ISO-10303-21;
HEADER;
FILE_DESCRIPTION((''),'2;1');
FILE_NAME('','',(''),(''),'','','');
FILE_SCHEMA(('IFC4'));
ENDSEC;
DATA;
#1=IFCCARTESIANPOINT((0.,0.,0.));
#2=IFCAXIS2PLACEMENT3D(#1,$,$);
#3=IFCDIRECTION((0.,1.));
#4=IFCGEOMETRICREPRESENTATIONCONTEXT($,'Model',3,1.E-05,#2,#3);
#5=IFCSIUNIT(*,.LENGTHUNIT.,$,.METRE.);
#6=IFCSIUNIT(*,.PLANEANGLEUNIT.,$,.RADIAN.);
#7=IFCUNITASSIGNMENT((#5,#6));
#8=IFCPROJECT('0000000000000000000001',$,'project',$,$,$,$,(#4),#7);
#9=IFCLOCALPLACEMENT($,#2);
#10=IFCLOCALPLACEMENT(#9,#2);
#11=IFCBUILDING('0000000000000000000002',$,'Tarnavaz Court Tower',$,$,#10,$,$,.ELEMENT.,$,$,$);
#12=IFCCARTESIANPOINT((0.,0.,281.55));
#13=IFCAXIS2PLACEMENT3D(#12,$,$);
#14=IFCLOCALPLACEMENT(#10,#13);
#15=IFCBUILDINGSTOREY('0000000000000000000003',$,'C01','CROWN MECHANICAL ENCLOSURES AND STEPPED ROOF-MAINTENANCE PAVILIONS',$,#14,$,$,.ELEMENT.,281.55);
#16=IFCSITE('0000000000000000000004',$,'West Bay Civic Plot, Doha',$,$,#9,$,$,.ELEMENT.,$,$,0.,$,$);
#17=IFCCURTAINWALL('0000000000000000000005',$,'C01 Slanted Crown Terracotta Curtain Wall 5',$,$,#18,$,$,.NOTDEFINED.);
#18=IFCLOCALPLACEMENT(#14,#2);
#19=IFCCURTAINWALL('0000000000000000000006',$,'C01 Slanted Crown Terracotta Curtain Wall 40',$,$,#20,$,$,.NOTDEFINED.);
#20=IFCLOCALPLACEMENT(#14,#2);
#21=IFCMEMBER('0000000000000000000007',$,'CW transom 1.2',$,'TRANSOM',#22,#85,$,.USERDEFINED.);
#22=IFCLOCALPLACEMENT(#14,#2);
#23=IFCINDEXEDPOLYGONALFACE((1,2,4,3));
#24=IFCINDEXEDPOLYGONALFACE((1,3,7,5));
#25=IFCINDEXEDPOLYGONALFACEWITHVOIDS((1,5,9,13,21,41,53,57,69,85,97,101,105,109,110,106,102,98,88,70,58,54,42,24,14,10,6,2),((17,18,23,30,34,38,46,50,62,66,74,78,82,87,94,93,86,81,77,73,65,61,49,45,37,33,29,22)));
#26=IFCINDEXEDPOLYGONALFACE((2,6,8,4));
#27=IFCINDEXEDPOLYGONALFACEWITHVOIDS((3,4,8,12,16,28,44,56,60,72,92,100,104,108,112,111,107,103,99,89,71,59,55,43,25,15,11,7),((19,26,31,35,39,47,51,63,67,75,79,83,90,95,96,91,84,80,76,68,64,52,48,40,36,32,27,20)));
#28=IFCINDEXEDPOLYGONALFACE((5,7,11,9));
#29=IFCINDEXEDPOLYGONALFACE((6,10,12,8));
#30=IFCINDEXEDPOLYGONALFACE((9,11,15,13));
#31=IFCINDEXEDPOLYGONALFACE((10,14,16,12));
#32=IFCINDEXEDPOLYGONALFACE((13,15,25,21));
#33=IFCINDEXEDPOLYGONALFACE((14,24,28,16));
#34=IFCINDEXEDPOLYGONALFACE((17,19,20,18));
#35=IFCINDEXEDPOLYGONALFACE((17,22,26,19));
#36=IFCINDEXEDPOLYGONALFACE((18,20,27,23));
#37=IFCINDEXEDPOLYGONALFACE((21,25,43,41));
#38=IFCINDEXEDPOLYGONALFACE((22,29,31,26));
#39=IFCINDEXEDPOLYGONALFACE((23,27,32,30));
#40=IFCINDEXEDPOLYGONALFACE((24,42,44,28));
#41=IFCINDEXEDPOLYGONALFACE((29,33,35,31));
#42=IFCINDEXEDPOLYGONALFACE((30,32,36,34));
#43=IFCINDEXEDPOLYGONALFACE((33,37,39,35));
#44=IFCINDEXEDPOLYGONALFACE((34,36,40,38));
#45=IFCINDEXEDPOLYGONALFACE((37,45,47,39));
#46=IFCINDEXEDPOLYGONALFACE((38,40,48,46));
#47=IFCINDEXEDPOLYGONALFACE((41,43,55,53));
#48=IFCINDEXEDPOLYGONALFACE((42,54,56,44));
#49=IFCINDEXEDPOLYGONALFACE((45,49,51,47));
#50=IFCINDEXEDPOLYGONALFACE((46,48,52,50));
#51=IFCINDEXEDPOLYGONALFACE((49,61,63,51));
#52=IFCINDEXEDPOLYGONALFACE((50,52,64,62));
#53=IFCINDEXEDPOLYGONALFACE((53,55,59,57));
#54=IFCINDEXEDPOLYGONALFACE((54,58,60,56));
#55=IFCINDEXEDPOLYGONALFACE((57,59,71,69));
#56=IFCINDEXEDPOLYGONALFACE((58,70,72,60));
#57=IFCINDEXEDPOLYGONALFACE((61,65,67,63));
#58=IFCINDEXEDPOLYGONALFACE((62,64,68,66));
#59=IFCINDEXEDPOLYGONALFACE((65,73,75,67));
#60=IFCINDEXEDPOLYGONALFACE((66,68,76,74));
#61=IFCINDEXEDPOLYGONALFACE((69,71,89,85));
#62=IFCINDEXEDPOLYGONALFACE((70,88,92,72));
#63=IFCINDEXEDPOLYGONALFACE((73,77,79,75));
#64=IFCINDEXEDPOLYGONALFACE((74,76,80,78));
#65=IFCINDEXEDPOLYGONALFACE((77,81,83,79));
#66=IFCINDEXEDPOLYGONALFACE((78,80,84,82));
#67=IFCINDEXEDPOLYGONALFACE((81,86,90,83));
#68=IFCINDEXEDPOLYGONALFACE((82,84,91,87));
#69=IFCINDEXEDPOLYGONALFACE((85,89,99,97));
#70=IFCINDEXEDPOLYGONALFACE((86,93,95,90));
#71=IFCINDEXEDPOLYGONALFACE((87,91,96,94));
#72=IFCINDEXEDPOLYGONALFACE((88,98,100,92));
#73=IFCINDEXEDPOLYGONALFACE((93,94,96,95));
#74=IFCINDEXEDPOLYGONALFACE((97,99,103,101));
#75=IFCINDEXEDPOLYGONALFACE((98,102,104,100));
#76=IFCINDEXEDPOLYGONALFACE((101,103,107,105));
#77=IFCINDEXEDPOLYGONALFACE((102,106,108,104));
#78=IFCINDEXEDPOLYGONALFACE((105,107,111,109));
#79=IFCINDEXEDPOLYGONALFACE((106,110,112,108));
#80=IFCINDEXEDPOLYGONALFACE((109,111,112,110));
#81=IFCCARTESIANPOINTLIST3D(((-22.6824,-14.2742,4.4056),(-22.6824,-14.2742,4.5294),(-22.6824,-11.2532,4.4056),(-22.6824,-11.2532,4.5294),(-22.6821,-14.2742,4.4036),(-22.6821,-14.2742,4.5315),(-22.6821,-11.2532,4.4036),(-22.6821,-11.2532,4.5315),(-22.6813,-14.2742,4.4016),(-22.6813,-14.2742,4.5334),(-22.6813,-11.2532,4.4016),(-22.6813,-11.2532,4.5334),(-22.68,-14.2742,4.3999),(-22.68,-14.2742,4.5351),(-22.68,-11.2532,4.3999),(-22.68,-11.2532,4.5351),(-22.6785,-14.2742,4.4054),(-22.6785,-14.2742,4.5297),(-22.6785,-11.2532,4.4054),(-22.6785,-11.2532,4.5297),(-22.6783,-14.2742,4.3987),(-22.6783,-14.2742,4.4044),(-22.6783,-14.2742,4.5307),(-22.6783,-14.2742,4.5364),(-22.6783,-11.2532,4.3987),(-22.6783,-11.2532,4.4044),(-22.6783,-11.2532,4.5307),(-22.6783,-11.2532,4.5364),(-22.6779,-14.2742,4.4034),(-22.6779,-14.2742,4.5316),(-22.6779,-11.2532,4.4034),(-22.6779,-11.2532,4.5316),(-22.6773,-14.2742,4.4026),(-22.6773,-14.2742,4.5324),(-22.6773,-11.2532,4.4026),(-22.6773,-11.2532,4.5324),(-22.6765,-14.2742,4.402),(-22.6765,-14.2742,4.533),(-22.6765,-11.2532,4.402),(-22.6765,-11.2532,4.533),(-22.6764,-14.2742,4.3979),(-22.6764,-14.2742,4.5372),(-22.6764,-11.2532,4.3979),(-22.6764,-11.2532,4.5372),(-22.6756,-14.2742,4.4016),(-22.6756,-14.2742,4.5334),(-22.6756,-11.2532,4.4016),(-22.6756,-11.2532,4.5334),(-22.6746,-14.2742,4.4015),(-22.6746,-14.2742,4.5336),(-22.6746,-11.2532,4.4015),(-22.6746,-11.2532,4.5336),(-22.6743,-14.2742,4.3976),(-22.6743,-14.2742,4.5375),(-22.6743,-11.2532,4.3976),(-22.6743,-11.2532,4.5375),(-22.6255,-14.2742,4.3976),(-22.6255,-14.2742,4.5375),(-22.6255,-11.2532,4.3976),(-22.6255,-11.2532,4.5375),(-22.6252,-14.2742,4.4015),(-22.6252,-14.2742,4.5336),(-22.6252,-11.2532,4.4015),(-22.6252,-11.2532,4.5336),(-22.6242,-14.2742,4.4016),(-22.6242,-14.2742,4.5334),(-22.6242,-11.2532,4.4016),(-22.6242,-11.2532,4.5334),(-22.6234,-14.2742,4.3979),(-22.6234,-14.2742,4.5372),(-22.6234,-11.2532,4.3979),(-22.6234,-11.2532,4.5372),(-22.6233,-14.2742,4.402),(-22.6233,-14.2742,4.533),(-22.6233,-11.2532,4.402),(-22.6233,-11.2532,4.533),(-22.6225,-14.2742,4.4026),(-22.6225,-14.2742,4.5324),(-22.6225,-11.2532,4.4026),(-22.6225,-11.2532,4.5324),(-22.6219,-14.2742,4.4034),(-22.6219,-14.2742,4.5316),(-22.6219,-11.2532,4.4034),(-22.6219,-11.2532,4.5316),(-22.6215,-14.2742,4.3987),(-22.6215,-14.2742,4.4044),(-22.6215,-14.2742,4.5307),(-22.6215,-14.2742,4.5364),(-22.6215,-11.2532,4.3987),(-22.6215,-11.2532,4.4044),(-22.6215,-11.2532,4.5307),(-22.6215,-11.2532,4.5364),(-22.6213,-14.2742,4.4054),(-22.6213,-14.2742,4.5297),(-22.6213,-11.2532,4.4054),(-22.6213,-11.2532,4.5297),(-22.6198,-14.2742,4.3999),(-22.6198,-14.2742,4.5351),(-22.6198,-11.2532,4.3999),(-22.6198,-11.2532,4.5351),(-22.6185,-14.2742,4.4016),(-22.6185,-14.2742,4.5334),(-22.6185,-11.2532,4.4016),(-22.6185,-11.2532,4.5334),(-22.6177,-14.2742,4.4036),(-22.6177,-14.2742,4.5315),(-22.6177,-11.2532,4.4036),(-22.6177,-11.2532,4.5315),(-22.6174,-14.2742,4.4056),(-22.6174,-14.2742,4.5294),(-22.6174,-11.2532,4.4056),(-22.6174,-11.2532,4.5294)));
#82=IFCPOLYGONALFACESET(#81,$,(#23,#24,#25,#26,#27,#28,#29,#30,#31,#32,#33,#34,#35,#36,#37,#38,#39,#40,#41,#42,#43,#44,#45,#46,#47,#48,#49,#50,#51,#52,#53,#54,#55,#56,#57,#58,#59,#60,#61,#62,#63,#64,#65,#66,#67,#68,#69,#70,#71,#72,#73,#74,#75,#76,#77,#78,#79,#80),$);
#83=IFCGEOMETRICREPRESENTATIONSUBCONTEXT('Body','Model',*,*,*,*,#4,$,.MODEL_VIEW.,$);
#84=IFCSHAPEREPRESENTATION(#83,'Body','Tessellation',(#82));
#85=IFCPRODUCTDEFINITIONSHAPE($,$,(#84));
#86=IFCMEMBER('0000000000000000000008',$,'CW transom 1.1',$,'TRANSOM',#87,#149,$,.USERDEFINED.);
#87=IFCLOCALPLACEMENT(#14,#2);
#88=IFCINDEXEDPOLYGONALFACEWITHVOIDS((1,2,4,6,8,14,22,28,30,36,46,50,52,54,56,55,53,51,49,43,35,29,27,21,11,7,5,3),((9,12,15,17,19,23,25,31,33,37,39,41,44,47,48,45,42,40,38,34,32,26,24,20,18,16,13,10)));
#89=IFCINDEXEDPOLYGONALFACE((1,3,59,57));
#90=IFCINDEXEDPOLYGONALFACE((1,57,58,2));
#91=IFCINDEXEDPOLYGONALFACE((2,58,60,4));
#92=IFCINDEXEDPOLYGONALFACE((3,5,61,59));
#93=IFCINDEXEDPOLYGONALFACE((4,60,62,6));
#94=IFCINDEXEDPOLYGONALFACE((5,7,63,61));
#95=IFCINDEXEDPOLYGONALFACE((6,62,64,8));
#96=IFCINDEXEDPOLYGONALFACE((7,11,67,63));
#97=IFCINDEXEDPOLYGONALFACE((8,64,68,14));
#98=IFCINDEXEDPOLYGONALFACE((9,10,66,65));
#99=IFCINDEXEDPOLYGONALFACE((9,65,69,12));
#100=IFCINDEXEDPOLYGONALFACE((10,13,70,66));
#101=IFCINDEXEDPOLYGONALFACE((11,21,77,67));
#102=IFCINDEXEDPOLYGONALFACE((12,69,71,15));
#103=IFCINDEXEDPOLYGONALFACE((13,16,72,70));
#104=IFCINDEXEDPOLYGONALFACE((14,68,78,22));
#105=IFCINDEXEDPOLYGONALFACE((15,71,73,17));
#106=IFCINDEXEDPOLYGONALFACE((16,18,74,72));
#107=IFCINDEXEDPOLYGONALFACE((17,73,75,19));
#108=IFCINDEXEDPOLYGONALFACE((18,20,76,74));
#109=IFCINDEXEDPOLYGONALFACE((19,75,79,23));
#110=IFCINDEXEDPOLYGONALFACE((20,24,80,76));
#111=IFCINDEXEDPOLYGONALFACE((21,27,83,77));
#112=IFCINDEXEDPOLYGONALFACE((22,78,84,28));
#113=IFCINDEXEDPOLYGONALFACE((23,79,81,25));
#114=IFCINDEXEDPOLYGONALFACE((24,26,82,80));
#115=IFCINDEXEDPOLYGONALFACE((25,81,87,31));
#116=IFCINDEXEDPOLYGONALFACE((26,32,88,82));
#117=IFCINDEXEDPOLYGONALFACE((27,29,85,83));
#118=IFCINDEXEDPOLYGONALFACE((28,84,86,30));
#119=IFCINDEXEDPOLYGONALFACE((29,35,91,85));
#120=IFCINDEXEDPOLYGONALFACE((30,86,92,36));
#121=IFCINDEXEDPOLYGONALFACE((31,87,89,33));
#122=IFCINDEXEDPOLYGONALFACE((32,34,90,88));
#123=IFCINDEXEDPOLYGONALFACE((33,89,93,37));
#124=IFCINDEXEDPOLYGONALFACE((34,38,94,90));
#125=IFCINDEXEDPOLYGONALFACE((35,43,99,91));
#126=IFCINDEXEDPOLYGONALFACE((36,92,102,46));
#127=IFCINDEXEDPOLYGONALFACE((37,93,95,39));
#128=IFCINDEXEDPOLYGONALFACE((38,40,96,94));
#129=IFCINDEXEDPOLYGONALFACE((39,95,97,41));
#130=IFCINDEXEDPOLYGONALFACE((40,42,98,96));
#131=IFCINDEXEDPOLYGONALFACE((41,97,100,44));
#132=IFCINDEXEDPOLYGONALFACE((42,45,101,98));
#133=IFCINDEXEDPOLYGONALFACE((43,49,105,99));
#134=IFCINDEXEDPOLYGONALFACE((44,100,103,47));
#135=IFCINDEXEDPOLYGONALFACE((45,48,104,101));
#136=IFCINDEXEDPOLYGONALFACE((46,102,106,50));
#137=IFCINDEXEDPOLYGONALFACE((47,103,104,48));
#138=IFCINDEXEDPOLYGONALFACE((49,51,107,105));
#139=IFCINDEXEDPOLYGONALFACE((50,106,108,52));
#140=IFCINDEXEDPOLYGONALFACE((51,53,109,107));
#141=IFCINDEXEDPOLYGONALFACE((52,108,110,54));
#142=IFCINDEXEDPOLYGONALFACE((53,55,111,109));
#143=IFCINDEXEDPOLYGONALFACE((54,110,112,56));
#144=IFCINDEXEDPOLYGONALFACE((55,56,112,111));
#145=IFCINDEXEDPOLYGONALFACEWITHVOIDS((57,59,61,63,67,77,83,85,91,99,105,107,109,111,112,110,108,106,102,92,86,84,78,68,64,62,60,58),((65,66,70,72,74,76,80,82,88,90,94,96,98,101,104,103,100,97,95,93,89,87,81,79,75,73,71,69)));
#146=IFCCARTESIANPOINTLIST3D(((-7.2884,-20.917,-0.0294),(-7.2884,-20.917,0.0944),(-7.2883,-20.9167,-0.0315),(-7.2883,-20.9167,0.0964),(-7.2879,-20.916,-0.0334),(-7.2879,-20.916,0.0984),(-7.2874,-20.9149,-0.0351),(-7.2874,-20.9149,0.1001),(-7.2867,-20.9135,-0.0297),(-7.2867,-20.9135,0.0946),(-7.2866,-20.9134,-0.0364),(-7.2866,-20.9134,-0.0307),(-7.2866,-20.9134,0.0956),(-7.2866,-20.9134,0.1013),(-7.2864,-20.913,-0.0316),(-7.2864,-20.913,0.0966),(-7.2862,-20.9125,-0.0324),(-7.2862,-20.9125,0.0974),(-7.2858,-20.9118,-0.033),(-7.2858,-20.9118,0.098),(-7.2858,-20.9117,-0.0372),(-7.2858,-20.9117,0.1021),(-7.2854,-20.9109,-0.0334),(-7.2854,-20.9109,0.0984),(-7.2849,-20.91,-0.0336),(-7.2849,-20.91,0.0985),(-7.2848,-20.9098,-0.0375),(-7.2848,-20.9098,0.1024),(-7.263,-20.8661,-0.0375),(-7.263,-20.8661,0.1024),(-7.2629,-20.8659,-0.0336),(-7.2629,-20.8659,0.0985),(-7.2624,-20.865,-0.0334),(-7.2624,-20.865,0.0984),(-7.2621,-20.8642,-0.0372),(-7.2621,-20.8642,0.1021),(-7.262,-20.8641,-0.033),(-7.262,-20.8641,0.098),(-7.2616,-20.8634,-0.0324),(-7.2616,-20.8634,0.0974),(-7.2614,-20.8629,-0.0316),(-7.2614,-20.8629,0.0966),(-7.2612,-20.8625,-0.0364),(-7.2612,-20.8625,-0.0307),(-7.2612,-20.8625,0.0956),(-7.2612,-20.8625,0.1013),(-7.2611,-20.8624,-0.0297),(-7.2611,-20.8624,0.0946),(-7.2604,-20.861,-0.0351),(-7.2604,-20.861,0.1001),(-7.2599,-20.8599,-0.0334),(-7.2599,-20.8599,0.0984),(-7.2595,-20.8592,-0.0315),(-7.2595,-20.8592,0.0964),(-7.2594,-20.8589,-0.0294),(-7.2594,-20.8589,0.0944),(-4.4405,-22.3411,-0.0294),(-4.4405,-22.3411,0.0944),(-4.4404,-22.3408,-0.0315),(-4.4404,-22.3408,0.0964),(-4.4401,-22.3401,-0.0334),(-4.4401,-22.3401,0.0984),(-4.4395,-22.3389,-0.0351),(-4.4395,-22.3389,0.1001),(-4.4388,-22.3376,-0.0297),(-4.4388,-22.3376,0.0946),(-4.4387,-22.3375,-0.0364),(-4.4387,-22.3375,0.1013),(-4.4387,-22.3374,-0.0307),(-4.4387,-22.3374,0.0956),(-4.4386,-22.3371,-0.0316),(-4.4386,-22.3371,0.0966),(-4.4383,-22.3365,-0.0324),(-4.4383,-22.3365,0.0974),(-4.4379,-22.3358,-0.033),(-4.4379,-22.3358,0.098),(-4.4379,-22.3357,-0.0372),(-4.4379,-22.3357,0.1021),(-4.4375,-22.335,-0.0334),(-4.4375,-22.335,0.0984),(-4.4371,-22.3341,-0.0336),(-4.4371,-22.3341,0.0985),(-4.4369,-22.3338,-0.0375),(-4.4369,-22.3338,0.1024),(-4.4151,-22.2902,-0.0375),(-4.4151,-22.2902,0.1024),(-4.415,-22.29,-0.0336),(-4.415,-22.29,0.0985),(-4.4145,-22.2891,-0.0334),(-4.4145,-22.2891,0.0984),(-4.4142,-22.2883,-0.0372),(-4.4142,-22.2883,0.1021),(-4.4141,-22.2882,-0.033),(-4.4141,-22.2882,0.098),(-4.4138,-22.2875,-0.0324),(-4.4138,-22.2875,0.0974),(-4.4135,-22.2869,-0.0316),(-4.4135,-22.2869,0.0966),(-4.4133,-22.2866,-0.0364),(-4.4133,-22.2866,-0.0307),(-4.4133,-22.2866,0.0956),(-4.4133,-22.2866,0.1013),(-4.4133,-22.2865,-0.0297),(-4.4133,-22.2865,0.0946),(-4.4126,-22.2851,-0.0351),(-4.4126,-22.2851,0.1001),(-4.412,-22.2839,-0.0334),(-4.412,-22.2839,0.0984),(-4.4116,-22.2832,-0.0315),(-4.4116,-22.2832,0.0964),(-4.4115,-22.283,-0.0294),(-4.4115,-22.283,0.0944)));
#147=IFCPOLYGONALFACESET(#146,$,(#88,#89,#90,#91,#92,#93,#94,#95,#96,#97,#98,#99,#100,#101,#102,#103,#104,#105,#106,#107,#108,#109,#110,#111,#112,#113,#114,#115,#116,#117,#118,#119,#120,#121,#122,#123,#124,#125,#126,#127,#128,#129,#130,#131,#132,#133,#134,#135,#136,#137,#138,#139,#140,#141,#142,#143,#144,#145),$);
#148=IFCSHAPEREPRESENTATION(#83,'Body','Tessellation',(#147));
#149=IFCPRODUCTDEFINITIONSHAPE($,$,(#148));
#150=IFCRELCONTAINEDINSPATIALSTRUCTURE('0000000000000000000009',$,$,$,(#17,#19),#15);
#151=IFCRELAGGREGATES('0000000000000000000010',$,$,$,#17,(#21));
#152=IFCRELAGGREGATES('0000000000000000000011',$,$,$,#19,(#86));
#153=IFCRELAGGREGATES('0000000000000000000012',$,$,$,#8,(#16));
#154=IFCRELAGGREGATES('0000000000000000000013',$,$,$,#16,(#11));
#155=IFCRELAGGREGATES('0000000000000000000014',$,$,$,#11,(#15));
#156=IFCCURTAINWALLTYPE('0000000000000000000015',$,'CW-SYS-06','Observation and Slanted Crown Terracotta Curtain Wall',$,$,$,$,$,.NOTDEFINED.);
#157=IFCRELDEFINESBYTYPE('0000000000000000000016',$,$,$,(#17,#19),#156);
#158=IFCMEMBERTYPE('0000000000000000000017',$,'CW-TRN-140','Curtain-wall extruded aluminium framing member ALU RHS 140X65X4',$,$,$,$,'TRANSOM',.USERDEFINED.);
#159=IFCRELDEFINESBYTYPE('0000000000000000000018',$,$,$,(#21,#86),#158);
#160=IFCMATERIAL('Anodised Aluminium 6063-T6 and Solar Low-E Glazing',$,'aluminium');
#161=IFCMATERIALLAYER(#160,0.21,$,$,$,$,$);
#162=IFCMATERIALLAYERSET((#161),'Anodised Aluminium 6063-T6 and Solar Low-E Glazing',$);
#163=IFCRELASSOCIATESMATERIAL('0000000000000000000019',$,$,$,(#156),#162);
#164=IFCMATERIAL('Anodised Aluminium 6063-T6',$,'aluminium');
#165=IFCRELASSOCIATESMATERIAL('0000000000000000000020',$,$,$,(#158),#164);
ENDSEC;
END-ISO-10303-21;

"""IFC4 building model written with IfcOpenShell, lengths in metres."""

from ifc_helpers import new_model, si_unit, direction, frame, origin, origin_2d, place, context, subcontext, project, spatial, hollow_rectangle, extrude, material, layer, layer_set, material_profile, profile_set, type_object, element, aggregate, save


model = new_model("IFC4")

# Units and contexts
model_context = context("Model", 3, precision=1e-05, world=origin(), true_north=direction((0.0, 1.0)))
body_context = subcontext(model_context, "Body", "Model", "MODEL_VIEW")
ifc_project = project(units=[si_unit("LENGTHUNIT", "METRE"), si_unit("PLANEANGLEUNIT", "RADIAN")], contexts=[model_context])

# Site, building, storey
site_placement = place(None, origin())
site = spatial("IfcSite", under=ifc_project, at=site_placement, Name="West Bay Civic Plot, Doha", CompositionType="ELEMENT", RefElevation=0.0)
building_placement = place(site_placement, origin())
building = spatial("IfcBuilding", under=site, at=building_placement, Name="Tarnavaz Court Tower", CompositionType="ELEMENT")
storey_placement = place(building_placement, frame((0.0, 0.0, 281.55)))
storey = spatial("IfcBuildingStorey", under=building, at=storey_placement, Name="C01", Description="CROWN MECHANICAL ENCLOSURES AND STEPPED ROOF-MAINTENANCE PAVILIONS", CompositionType="ELEMENT", Elevation=281.55)

# Shared definitions
ifc_material_1 = material(Name="Anodised Aluminium 6063-T6 and Solar Low-E Glazing", Category="aluminium")
ifc_layer_1 = layer(ifc_material_1, 0.21)
ifc_layer_set_1 = layer_set([ifc_layer_1], Name="Anodised Aluminium 6063-T6 and Solar Low-E Glazing")
curtain_wall_type = type_object("IfcCurtainWallType", Name="CW-SYS-06", Description="Observation and Slanted Crown Terracotta Curtain Wall", PredefinedType="NOTDEFINED", material=ifc_layer_set_1)
ifc_material_2 = material(Name="Anodised Aluminium 6063-T6", Category="aluminium")

# Curtain wall
curtain_wall_1_placement = place(storey_placement, origin())
curtain_wall_1 = element("IfcCurtainWall", 1, at=curtain_wall_1_placement, inside=storey, type_object=curtain_wall_type, Name="C01 Slanted Crown Terracotta Curtain Wall 5", PredefinedType="NOTDEFINED")

# Curtain wall
curtain_wall_2_placement = place(storey_placement, origin())
curtain_wall_2 = element("IfcCurtainWall", 2, at=curtain_wall_2_placement, inside=storey, type_object=curtain_wall_type, Name="C01 Slanted Crown Terracotta Curtain Wall 40", PredefinedType="NOTDEFINED")

# Members
ifc_material_profile_1 = material_profile(ifc_material_2, hollow_rectangle(XDim=0.0649, YDim=0.1399, WallThickness=0.0039, InnerFilletRadius=0.0039, OuterFilletRadius=0.0081, at=origin_2d()), Name="ALU RHS 140X65X4")
ifc_profile_set_1 = profile_set([ifc_material_profile_1], Name="Anodised Aluminium 6063-T6")
member_type_1 = type_object("IfcMemberType", Name="CW-TRN-140", Description="Curtain-wall extruded aluminium framing member ALU RHS 140X65X4", ElementType="TRANSOM", PredefinedType="USERDEFINED", material=ifc_profile_set_1)
member_1_placement = place(storey_placement, frame((-22.6499, -14.2742, 4.4675), z_axis=(0.0, 1.0, 0.0), x_axis=(-1.0, 0.0, 0.0)))
member_1 = element("IfcMember", 3, at=member_1_placement, type_object=member_type_1, Name="CW transom 1.2", ObjectType="TRANSOM", PredefinedType="USERDEFINED", context=body_context, shape_type="SweptSolid", body=[
    extrude(hollow_rectangle(XDim=0.0649, YDim=0.1399, WallThickness=0.0039, InnerFilletRadius=0.0039, OuterFilletRadius=0.0081, at=origin_2d()), origin(), (0.0, 0.0, 1.0), 3.021),
])
aggregate(curtain_wall_1, [member_1])
member_2_placement = place(storey_placement, frame((-4.426, -22.312, 0.0325), z_axis=(-0.894412, 0.447244, 0.0), x_axis=(-0.447244, -0.894412, 0.0)))
member_2 = element("IfcMember", 4, at=member_2_placement, type_object=member_type_1, Name="CW transom 1.1", ObjectType="TRANSOM", PredefinedType="USERDEFINED", context=body_context, shape_type="SweptSolid", body=[
    extrude(hollow_rectangle(XDim=0.0649, YDim=0.1399, WallThickness=0.0039, InnerFilletRadius=0.0039, OuterFilletRadius=0.0081, at=origin_2d()), origin(), (0.0, 0.0, 1.0), 3.1841),
])

aggregate(curtain_wall_2, [member_2])

save(model, "model.ifc")
